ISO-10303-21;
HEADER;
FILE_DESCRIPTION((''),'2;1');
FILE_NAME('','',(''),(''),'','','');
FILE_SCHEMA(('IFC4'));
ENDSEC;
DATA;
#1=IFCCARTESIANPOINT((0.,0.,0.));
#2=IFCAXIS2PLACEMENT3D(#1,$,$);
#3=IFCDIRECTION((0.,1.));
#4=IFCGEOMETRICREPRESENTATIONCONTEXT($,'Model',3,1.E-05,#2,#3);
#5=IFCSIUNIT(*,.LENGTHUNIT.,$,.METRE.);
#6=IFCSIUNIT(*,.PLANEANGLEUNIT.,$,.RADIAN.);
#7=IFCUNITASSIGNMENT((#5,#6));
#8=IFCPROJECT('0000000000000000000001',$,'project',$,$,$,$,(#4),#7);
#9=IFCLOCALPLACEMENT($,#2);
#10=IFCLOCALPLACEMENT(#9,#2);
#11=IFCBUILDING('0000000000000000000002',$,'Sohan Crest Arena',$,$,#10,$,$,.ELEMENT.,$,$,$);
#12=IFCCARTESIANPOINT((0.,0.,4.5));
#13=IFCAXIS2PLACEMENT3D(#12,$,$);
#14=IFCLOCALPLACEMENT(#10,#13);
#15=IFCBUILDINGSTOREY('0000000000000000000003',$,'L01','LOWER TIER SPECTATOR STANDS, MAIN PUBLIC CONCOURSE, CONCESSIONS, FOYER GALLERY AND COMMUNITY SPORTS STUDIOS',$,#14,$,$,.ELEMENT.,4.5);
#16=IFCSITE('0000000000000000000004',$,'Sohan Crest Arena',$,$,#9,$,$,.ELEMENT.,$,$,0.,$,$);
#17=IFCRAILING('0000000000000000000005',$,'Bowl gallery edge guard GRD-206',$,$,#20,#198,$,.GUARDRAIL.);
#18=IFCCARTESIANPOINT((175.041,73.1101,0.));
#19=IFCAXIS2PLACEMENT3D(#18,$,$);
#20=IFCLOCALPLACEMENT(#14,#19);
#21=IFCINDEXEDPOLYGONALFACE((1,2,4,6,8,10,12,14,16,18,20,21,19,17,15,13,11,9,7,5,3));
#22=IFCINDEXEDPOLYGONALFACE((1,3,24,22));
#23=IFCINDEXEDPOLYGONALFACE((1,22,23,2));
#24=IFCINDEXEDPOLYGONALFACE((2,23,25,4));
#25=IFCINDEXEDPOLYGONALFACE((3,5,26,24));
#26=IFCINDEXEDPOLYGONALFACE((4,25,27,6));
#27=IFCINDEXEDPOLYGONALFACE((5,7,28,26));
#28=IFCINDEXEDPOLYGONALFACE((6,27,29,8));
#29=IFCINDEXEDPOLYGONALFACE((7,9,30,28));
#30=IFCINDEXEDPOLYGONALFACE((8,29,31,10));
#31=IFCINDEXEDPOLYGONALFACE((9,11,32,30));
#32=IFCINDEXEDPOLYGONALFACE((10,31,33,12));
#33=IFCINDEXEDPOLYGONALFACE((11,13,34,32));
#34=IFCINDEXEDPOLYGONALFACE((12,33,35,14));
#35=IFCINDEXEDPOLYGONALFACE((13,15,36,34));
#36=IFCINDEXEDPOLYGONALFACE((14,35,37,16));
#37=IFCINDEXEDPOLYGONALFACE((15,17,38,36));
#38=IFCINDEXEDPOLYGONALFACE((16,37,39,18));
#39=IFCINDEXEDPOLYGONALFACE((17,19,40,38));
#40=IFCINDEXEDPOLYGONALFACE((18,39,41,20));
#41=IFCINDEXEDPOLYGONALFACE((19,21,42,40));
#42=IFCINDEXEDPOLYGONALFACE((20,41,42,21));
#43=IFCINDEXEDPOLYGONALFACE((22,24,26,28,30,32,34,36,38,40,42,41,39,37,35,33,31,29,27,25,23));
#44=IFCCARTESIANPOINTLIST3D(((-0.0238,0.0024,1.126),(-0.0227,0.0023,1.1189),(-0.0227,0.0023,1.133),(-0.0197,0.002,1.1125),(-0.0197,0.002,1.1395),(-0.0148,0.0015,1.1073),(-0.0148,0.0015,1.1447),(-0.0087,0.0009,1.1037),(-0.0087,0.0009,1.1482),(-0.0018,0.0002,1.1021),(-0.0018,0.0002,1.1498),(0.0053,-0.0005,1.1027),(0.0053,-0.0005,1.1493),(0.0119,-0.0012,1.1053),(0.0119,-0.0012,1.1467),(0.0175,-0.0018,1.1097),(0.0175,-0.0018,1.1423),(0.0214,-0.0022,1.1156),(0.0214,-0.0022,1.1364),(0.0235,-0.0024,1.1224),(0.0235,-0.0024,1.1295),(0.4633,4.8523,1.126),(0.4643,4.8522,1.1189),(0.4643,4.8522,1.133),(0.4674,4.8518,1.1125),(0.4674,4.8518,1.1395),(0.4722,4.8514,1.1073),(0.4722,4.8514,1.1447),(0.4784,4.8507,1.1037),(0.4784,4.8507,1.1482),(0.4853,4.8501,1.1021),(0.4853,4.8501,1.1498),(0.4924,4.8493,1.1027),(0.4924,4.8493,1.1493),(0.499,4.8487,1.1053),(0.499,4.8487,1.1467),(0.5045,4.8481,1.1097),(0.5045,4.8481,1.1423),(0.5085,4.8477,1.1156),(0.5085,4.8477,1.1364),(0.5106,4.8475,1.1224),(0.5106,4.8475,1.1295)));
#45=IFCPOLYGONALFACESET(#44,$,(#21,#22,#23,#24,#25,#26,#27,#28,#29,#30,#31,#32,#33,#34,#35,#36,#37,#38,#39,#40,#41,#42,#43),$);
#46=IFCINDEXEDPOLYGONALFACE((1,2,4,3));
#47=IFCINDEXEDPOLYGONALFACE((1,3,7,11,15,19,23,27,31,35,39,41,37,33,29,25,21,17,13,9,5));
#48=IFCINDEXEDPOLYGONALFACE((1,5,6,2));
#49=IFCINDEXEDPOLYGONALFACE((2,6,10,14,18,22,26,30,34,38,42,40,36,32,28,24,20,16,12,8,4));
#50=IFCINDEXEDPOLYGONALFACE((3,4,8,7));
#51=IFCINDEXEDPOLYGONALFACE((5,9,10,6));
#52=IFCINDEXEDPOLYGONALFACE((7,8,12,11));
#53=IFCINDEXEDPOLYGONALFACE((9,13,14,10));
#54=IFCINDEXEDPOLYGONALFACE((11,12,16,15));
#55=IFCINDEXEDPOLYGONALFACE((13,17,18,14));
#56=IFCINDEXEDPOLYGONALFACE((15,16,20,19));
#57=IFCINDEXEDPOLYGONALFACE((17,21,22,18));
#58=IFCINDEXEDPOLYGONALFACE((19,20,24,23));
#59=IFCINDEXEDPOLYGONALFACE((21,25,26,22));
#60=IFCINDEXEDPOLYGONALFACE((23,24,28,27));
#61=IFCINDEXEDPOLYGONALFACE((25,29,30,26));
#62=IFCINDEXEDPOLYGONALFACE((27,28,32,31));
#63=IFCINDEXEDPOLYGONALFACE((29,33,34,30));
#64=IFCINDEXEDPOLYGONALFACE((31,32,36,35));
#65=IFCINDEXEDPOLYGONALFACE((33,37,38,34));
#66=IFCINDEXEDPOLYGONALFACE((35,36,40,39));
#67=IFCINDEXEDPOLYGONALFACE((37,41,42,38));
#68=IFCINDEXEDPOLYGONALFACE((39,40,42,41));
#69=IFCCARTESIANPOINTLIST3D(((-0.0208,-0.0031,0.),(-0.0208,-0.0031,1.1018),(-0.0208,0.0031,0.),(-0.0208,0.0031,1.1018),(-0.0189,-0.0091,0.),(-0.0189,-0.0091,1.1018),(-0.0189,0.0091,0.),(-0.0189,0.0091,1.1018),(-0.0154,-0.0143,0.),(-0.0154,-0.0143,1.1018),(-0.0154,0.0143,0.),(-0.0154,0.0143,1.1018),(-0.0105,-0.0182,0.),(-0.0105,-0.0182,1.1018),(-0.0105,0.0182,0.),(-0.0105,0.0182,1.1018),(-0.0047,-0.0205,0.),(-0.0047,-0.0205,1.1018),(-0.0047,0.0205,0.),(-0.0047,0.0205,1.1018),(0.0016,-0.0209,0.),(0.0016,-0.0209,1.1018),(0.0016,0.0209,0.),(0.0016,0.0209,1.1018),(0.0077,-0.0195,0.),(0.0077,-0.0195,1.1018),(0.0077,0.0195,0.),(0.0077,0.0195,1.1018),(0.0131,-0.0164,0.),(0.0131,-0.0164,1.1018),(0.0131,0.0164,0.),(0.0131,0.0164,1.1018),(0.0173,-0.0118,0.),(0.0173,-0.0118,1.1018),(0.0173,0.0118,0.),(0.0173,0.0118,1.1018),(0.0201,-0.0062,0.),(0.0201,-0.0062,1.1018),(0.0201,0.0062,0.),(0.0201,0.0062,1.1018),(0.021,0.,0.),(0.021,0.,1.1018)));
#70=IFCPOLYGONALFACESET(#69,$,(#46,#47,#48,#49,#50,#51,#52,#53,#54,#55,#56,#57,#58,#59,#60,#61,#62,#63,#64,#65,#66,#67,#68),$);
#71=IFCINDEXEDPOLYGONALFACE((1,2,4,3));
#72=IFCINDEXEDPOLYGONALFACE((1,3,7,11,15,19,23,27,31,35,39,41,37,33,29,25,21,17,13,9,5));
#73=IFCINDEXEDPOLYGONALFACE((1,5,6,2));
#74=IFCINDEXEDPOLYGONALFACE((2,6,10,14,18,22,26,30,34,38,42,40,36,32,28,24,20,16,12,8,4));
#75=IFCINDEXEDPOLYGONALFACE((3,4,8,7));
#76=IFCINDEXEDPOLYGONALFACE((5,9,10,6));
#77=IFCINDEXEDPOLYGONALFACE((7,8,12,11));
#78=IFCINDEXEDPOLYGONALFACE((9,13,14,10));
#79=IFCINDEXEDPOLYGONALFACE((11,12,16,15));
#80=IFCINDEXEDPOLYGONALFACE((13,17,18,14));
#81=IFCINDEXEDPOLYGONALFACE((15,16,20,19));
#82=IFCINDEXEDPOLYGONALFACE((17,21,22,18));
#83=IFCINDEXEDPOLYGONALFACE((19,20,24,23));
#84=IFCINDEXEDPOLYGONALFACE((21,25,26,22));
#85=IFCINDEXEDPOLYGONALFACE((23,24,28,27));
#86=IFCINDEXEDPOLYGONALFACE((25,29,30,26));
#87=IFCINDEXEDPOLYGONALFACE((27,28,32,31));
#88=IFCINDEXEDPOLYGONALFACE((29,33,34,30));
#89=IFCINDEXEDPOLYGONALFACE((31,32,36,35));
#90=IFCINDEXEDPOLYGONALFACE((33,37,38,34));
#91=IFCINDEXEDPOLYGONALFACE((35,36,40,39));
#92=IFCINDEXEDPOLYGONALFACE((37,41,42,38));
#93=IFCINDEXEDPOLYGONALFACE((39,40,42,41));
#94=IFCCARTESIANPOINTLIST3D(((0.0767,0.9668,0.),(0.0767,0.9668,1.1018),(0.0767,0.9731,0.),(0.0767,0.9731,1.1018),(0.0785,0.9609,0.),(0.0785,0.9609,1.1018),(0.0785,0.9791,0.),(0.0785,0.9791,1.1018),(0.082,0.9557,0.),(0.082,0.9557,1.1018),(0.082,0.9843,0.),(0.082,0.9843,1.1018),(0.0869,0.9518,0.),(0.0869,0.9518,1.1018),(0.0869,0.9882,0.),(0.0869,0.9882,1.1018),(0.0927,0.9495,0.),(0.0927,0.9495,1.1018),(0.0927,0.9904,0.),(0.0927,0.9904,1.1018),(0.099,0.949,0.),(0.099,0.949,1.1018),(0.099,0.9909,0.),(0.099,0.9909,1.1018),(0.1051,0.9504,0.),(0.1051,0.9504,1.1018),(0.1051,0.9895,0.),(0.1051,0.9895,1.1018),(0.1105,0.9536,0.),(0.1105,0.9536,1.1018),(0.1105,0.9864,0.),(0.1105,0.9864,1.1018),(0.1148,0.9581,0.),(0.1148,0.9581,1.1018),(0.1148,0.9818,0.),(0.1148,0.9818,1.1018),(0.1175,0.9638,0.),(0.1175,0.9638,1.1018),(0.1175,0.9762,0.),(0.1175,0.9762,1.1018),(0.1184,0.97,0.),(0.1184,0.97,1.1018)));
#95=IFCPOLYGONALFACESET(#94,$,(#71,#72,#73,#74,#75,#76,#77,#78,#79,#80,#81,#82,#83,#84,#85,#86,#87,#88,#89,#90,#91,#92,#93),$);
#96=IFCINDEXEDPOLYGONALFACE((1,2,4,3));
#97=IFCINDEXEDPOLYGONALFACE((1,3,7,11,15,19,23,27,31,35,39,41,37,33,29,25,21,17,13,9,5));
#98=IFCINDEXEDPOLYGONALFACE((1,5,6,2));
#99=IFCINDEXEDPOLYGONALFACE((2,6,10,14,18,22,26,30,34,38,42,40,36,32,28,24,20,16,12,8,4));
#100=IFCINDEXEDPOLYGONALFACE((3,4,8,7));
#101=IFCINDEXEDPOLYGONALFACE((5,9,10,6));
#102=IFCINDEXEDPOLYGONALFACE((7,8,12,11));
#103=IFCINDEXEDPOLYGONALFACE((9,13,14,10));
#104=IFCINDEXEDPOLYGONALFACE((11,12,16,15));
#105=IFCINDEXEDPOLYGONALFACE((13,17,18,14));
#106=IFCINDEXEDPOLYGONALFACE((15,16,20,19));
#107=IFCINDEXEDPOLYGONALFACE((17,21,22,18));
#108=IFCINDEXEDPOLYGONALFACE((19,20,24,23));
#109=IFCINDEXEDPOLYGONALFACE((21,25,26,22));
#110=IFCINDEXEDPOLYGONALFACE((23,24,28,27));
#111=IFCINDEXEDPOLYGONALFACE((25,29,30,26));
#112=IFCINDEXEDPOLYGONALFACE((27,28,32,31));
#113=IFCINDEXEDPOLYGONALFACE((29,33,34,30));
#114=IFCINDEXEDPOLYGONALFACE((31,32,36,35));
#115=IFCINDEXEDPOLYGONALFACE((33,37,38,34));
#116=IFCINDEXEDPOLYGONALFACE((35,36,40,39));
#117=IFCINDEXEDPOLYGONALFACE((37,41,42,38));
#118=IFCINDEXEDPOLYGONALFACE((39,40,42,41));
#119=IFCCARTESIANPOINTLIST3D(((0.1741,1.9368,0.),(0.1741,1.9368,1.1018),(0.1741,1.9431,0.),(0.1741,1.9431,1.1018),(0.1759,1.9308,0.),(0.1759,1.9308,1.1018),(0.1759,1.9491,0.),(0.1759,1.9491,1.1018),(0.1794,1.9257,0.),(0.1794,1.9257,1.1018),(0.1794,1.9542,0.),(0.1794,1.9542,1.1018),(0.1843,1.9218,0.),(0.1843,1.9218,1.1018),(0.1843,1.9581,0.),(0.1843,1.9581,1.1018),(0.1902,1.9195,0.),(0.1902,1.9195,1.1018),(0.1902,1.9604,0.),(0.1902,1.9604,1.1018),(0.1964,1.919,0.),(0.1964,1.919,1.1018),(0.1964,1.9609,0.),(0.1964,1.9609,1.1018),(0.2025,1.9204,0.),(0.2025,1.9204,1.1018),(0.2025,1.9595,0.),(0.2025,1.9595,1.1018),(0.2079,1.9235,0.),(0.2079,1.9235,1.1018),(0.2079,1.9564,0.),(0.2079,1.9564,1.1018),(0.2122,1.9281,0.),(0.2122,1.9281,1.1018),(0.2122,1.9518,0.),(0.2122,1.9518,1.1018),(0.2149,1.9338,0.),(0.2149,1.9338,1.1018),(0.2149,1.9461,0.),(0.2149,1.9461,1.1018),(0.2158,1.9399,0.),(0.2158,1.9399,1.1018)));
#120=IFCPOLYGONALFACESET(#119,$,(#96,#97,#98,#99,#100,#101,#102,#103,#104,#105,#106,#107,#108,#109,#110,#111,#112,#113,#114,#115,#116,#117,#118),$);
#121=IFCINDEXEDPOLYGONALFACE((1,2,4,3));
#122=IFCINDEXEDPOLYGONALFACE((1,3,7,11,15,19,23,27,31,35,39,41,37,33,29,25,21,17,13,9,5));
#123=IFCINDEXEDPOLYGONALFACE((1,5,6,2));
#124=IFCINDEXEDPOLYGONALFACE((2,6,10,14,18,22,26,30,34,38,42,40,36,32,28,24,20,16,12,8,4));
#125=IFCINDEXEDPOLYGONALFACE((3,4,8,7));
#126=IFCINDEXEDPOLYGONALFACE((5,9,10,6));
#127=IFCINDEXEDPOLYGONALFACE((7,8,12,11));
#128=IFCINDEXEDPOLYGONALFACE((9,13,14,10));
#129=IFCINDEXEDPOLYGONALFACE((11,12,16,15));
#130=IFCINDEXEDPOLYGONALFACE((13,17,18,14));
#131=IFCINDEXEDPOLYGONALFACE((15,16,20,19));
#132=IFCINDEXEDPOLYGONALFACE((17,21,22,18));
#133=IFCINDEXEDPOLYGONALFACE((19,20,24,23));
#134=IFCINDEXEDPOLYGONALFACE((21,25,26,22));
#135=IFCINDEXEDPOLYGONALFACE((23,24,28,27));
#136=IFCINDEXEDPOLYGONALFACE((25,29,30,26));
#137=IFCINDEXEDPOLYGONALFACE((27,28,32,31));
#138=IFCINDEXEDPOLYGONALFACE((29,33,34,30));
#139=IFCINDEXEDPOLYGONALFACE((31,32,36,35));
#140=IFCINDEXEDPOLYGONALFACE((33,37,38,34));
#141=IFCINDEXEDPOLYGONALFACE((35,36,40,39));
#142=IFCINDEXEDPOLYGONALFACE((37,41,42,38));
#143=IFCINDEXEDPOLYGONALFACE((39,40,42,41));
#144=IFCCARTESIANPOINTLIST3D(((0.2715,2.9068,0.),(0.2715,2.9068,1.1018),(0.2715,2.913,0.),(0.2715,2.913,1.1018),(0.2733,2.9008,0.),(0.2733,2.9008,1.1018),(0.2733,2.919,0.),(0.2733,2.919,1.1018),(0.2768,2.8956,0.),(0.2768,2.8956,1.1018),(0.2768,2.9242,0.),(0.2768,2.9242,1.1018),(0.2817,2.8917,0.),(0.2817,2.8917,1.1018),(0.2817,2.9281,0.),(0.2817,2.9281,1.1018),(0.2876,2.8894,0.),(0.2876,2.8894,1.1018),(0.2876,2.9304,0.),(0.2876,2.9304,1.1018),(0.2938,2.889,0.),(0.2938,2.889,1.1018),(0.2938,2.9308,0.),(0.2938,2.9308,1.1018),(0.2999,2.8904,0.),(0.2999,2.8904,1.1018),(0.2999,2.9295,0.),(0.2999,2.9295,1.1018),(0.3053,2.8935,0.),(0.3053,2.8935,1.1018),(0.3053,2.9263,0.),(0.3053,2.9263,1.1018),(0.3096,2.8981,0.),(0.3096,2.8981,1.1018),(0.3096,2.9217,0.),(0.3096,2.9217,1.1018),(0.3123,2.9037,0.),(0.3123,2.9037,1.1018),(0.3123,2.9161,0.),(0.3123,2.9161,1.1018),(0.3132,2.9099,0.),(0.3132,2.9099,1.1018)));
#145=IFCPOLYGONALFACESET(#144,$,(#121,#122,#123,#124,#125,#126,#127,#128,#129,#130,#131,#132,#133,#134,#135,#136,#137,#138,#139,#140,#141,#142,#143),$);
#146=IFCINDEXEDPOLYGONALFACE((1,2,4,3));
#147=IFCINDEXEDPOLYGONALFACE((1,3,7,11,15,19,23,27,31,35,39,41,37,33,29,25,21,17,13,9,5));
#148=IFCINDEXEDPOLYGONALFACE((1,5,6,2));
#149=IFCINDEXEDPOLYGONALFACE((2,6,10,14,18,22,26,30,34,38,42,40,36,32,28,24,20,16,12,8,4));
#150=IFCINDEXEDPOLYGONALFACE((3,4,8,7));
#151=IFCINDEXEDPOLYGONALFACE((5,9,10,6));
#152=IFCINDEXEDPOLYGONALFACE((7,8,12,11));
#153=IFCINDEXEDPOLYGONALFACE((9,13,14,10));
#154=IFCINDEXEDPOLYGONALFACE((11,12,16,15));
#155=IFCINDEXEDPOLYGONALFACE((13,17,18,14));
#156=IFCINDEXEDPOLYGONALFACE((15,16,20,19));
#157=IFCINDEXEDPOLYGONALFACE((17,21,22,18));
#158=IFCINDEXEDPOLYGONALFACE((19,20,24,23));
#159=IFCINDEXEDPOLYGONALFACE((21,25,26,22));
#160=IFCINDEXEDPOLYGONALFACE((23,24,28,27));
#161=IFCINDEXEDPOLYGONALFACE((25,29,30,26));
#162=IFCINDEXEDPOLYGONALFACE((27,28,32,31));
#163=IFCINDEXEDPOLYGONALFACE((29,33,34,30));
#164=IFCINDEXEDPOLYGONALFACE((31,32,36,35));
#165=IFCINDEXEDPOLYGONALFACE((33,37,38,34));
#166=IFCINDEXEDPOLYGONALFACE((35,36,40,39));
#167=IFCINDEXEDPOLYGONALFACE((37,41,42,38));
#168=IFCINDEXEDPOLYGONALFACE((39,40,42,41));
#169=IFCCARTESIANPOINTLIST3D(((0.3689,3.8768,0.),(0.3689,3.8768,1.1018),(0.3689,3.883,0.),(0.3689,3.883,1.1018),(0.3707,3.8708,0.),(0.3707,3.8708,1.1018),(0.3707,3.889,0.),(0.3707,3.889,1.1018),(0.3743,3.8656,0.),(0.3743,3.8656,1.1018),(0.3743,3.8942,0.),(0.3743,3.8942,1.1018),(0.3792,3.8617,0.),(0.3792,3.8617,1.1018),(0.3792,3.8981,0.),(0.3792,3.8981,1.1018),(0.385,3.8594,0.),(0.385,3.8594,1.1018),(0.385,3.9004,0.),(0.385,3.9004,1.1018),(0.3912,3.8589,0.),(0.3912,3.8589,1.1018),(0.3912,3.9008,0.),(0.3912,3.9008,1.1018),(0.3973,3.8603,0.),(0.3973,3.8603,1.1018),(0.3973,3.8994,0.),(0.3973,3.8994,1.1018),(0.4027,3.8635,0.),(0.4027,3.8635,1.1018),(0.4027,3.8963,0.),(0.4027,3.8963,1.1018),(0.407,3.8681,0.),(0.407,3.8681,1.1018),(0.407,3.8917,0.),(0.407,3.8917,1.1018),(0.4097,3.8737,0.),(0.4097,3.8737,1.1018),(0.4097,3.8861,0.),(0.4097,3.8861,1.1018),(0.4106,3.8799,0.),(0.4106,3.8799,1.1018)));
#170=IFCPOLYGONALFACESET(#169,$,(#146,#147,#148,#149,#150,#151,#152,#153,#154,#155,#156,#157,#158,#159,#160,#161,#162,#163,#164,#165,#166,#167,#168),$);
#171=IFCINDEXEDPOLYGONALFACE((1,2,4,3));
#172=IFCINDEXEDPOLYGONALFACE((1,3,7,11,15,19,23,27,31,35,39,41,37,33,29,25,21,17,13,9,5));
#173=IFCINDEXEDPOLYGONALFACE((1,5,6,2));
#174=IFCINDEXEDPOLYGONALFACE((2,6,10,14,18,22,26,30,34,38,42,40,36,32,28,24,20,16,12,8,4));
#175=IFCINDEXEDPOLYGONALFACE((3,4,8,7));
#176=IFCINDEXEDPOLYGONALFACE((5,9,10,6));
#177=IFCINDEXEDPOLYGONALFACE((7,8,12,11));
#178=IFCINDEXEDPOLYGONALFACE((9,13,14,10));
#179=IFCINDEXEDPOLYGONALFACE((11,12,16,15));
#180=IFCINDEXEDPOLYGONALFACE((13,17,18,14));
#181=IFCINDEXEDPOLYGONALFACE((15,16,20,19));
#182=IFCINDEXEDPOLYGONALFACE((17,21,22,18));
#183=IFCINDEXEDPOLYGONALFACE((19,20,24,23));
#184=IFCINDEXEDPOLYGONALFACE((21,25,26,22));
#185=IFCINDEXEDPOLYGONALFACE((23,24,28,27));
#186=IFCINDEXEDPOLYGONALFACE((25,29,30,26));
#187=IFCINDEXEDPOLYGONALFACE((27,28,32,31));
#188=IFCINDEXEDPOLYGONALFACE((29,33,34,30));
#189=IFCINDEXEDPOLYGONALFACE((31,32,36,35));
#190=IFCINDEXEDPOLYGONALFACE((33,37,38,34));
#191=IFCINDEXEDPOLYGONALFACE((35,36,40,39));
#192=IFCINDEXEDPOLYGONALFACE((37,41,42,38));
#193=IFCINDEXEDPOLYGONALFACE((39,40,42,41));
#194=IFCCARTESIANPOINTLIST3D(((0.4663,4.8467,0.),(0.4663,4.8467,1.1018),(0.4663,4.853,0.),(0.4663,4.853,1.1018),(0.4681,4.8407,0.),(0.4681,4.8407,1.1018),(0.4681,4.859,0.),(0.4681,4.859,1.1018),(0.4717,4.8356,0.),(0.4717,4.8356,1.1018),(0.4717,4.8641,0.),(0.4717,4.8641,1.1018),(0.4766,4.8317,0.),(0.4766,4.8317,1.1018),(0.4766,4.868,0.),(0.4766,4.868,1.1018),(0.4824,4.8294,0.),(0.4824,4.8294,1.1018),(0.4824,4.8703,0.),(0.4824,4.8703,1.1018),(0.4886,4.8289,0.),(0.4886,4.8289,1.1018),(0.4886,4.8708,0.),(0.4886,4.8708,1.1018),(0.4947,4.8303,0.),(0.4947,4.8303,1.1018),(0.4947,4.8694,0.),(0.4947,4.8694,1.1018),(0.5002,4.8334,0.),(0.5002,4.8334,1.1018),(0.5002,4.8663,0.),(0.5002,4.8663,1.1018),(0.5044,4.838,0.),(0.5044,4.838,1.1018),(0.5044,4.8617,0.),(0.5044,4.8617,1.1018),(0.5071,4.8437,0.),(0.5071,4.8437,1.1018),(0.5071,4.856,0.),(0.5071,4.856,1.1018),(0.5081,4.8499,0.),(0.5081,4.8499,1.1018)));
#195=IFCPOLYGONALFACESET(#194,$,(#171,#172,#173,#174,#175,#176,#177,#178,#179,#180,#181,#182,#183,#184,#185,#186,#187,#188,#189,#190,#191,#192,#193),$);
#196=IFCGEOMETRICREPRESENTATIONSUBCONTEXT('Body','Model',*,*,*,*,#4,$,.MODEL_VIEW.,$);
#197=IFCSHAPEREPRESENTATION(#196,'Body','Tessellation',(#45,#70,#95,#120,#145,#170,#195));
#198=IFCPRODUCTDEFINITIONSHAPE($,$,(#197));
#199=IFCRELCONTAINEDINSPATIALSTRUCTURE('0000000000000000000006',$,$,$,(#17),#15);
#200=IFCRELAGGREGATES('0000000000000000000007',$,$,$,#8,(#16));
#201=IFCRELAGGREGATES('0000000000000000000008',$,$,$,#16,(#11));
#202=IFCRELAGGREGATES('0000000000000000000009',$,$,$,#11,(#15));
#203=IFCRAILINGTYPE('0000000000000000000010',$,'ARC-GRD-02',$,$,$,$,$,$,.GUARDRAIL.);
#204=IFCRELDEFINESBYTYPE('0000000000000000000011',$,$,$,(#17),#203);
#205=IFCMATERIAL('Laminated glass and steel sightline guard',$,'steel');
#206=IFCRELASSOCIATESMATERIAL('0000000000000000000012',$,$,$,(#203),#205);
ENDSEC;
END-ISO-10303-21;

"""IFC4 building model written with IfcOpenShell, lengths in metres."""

from ifc_helpers import new_model, si_unit, direction, frame, origin, origin_2d, place, context, subcontext, project, spatial, circle, extrude, material, type_object, element, save


model = new_model("IFC4")

# Units and contexts
model_context = context("Model", 3, precision=1e-05, world=origin(), true_north=direction((0.0, 1.0)))
body_context = subcontext(model_context, "Body", "Model", "MODEL_VIEW")
ifc_project = project(units=[si_unit("LENGTHUNIT", "METRE"), si_unit("PLANEANGLEUNIT", "RADIAN")], contexts=[model_context])

# Site, building, storey
site_placement = place(None, origin())
site = spatial("IfcSite", under=ifc_project, at=site_placement, Name="Sohan Crest Arena", CompositionType="ELEMENT", RefElevation=0.0)
building_placement = place(site_placement, origin())
building = spatial("IfcBuilding", under=site, at=building_placement, Name="Sohan Crest Arena", CompositionType="ELEMENT")
storey_placement = place(building_placement, frame((0.0, 0.0, 4.5)))
storey = spatial("IfcBuildingStorey", under=building, at=storey_placement, Name="L01", Description="LOWER TIER SPECTATOR STANDS, MAIN PUBLIC CONCOURSE, CONCESSIONS, FOYER GALLERY AND COMMUNITY SPORTS STUDIOS", CompositionType="ELEMENT", Elevation=4.5)

# Railing
ifc_material_1 = material(Name="Laminated glass and steel sightline guard", Category="steel")
railing_type = type_object("IfcRailingType", Name="ARC-GRD-02", PredefinedType="GUARDRAIL", material=ifc_material_1)
railing_1_placement = place(storey_placement, frame((175.041, 73.1101, 0.0)))
element("IfcRailing", 1, at=railing_1_placement, inside=storey, type_object=railing_type, Name="Bowl gallery edge guard GRD-206", PredefinedType="GUARDRAIL", context=body_context, shape_type="SweptSolid", body=[
    extrude(circle(Radius=0.0239, at=origin_2d()), frame((0.0, 0.0, 1.126), z_axis=(0.099925, 0.994995, 0.0), x_axis=(-0.994995, 0.099925, 0.0)), (0.0, 0.0, 1.0), 4.8743),
    extrude(circle(Radius=0.021, at=origin_2d()), origin(), (0.0, 0.0, 1.0), 1.1018),
    extrude(circle(Radius=0.021, at=origin_2d()), frame((0.0974, 0.97, 0.0)), (0.0, 0.0, 1.0), 1.1018),
    extrude(circle(Radius=0.021, at=origin_2d()), frame((0.1948, 1.9399, 0.0)), (0.0, 0.0, 1.0), 1.1018),
    extrude(circle(Radius=0.021, at=origin_2d()), frame((0.2922, 2.9099, 0.0)), (0.0, 0.0, 1.0), 1.1018),
    extrude(circle(Radius=0.021, at=origin_2d()), frame((0.3896, 3.8799, 0.0)), (0.0, 0.0, 1.0), 1.1018),
    extrude(circle(Radius=0.021, at=origin_2d()), frame((0.4871, 4.8499, 0.0)), (0.0, 0.0, 1.0), 1.1018),
])

save(model, "model.ifc")
